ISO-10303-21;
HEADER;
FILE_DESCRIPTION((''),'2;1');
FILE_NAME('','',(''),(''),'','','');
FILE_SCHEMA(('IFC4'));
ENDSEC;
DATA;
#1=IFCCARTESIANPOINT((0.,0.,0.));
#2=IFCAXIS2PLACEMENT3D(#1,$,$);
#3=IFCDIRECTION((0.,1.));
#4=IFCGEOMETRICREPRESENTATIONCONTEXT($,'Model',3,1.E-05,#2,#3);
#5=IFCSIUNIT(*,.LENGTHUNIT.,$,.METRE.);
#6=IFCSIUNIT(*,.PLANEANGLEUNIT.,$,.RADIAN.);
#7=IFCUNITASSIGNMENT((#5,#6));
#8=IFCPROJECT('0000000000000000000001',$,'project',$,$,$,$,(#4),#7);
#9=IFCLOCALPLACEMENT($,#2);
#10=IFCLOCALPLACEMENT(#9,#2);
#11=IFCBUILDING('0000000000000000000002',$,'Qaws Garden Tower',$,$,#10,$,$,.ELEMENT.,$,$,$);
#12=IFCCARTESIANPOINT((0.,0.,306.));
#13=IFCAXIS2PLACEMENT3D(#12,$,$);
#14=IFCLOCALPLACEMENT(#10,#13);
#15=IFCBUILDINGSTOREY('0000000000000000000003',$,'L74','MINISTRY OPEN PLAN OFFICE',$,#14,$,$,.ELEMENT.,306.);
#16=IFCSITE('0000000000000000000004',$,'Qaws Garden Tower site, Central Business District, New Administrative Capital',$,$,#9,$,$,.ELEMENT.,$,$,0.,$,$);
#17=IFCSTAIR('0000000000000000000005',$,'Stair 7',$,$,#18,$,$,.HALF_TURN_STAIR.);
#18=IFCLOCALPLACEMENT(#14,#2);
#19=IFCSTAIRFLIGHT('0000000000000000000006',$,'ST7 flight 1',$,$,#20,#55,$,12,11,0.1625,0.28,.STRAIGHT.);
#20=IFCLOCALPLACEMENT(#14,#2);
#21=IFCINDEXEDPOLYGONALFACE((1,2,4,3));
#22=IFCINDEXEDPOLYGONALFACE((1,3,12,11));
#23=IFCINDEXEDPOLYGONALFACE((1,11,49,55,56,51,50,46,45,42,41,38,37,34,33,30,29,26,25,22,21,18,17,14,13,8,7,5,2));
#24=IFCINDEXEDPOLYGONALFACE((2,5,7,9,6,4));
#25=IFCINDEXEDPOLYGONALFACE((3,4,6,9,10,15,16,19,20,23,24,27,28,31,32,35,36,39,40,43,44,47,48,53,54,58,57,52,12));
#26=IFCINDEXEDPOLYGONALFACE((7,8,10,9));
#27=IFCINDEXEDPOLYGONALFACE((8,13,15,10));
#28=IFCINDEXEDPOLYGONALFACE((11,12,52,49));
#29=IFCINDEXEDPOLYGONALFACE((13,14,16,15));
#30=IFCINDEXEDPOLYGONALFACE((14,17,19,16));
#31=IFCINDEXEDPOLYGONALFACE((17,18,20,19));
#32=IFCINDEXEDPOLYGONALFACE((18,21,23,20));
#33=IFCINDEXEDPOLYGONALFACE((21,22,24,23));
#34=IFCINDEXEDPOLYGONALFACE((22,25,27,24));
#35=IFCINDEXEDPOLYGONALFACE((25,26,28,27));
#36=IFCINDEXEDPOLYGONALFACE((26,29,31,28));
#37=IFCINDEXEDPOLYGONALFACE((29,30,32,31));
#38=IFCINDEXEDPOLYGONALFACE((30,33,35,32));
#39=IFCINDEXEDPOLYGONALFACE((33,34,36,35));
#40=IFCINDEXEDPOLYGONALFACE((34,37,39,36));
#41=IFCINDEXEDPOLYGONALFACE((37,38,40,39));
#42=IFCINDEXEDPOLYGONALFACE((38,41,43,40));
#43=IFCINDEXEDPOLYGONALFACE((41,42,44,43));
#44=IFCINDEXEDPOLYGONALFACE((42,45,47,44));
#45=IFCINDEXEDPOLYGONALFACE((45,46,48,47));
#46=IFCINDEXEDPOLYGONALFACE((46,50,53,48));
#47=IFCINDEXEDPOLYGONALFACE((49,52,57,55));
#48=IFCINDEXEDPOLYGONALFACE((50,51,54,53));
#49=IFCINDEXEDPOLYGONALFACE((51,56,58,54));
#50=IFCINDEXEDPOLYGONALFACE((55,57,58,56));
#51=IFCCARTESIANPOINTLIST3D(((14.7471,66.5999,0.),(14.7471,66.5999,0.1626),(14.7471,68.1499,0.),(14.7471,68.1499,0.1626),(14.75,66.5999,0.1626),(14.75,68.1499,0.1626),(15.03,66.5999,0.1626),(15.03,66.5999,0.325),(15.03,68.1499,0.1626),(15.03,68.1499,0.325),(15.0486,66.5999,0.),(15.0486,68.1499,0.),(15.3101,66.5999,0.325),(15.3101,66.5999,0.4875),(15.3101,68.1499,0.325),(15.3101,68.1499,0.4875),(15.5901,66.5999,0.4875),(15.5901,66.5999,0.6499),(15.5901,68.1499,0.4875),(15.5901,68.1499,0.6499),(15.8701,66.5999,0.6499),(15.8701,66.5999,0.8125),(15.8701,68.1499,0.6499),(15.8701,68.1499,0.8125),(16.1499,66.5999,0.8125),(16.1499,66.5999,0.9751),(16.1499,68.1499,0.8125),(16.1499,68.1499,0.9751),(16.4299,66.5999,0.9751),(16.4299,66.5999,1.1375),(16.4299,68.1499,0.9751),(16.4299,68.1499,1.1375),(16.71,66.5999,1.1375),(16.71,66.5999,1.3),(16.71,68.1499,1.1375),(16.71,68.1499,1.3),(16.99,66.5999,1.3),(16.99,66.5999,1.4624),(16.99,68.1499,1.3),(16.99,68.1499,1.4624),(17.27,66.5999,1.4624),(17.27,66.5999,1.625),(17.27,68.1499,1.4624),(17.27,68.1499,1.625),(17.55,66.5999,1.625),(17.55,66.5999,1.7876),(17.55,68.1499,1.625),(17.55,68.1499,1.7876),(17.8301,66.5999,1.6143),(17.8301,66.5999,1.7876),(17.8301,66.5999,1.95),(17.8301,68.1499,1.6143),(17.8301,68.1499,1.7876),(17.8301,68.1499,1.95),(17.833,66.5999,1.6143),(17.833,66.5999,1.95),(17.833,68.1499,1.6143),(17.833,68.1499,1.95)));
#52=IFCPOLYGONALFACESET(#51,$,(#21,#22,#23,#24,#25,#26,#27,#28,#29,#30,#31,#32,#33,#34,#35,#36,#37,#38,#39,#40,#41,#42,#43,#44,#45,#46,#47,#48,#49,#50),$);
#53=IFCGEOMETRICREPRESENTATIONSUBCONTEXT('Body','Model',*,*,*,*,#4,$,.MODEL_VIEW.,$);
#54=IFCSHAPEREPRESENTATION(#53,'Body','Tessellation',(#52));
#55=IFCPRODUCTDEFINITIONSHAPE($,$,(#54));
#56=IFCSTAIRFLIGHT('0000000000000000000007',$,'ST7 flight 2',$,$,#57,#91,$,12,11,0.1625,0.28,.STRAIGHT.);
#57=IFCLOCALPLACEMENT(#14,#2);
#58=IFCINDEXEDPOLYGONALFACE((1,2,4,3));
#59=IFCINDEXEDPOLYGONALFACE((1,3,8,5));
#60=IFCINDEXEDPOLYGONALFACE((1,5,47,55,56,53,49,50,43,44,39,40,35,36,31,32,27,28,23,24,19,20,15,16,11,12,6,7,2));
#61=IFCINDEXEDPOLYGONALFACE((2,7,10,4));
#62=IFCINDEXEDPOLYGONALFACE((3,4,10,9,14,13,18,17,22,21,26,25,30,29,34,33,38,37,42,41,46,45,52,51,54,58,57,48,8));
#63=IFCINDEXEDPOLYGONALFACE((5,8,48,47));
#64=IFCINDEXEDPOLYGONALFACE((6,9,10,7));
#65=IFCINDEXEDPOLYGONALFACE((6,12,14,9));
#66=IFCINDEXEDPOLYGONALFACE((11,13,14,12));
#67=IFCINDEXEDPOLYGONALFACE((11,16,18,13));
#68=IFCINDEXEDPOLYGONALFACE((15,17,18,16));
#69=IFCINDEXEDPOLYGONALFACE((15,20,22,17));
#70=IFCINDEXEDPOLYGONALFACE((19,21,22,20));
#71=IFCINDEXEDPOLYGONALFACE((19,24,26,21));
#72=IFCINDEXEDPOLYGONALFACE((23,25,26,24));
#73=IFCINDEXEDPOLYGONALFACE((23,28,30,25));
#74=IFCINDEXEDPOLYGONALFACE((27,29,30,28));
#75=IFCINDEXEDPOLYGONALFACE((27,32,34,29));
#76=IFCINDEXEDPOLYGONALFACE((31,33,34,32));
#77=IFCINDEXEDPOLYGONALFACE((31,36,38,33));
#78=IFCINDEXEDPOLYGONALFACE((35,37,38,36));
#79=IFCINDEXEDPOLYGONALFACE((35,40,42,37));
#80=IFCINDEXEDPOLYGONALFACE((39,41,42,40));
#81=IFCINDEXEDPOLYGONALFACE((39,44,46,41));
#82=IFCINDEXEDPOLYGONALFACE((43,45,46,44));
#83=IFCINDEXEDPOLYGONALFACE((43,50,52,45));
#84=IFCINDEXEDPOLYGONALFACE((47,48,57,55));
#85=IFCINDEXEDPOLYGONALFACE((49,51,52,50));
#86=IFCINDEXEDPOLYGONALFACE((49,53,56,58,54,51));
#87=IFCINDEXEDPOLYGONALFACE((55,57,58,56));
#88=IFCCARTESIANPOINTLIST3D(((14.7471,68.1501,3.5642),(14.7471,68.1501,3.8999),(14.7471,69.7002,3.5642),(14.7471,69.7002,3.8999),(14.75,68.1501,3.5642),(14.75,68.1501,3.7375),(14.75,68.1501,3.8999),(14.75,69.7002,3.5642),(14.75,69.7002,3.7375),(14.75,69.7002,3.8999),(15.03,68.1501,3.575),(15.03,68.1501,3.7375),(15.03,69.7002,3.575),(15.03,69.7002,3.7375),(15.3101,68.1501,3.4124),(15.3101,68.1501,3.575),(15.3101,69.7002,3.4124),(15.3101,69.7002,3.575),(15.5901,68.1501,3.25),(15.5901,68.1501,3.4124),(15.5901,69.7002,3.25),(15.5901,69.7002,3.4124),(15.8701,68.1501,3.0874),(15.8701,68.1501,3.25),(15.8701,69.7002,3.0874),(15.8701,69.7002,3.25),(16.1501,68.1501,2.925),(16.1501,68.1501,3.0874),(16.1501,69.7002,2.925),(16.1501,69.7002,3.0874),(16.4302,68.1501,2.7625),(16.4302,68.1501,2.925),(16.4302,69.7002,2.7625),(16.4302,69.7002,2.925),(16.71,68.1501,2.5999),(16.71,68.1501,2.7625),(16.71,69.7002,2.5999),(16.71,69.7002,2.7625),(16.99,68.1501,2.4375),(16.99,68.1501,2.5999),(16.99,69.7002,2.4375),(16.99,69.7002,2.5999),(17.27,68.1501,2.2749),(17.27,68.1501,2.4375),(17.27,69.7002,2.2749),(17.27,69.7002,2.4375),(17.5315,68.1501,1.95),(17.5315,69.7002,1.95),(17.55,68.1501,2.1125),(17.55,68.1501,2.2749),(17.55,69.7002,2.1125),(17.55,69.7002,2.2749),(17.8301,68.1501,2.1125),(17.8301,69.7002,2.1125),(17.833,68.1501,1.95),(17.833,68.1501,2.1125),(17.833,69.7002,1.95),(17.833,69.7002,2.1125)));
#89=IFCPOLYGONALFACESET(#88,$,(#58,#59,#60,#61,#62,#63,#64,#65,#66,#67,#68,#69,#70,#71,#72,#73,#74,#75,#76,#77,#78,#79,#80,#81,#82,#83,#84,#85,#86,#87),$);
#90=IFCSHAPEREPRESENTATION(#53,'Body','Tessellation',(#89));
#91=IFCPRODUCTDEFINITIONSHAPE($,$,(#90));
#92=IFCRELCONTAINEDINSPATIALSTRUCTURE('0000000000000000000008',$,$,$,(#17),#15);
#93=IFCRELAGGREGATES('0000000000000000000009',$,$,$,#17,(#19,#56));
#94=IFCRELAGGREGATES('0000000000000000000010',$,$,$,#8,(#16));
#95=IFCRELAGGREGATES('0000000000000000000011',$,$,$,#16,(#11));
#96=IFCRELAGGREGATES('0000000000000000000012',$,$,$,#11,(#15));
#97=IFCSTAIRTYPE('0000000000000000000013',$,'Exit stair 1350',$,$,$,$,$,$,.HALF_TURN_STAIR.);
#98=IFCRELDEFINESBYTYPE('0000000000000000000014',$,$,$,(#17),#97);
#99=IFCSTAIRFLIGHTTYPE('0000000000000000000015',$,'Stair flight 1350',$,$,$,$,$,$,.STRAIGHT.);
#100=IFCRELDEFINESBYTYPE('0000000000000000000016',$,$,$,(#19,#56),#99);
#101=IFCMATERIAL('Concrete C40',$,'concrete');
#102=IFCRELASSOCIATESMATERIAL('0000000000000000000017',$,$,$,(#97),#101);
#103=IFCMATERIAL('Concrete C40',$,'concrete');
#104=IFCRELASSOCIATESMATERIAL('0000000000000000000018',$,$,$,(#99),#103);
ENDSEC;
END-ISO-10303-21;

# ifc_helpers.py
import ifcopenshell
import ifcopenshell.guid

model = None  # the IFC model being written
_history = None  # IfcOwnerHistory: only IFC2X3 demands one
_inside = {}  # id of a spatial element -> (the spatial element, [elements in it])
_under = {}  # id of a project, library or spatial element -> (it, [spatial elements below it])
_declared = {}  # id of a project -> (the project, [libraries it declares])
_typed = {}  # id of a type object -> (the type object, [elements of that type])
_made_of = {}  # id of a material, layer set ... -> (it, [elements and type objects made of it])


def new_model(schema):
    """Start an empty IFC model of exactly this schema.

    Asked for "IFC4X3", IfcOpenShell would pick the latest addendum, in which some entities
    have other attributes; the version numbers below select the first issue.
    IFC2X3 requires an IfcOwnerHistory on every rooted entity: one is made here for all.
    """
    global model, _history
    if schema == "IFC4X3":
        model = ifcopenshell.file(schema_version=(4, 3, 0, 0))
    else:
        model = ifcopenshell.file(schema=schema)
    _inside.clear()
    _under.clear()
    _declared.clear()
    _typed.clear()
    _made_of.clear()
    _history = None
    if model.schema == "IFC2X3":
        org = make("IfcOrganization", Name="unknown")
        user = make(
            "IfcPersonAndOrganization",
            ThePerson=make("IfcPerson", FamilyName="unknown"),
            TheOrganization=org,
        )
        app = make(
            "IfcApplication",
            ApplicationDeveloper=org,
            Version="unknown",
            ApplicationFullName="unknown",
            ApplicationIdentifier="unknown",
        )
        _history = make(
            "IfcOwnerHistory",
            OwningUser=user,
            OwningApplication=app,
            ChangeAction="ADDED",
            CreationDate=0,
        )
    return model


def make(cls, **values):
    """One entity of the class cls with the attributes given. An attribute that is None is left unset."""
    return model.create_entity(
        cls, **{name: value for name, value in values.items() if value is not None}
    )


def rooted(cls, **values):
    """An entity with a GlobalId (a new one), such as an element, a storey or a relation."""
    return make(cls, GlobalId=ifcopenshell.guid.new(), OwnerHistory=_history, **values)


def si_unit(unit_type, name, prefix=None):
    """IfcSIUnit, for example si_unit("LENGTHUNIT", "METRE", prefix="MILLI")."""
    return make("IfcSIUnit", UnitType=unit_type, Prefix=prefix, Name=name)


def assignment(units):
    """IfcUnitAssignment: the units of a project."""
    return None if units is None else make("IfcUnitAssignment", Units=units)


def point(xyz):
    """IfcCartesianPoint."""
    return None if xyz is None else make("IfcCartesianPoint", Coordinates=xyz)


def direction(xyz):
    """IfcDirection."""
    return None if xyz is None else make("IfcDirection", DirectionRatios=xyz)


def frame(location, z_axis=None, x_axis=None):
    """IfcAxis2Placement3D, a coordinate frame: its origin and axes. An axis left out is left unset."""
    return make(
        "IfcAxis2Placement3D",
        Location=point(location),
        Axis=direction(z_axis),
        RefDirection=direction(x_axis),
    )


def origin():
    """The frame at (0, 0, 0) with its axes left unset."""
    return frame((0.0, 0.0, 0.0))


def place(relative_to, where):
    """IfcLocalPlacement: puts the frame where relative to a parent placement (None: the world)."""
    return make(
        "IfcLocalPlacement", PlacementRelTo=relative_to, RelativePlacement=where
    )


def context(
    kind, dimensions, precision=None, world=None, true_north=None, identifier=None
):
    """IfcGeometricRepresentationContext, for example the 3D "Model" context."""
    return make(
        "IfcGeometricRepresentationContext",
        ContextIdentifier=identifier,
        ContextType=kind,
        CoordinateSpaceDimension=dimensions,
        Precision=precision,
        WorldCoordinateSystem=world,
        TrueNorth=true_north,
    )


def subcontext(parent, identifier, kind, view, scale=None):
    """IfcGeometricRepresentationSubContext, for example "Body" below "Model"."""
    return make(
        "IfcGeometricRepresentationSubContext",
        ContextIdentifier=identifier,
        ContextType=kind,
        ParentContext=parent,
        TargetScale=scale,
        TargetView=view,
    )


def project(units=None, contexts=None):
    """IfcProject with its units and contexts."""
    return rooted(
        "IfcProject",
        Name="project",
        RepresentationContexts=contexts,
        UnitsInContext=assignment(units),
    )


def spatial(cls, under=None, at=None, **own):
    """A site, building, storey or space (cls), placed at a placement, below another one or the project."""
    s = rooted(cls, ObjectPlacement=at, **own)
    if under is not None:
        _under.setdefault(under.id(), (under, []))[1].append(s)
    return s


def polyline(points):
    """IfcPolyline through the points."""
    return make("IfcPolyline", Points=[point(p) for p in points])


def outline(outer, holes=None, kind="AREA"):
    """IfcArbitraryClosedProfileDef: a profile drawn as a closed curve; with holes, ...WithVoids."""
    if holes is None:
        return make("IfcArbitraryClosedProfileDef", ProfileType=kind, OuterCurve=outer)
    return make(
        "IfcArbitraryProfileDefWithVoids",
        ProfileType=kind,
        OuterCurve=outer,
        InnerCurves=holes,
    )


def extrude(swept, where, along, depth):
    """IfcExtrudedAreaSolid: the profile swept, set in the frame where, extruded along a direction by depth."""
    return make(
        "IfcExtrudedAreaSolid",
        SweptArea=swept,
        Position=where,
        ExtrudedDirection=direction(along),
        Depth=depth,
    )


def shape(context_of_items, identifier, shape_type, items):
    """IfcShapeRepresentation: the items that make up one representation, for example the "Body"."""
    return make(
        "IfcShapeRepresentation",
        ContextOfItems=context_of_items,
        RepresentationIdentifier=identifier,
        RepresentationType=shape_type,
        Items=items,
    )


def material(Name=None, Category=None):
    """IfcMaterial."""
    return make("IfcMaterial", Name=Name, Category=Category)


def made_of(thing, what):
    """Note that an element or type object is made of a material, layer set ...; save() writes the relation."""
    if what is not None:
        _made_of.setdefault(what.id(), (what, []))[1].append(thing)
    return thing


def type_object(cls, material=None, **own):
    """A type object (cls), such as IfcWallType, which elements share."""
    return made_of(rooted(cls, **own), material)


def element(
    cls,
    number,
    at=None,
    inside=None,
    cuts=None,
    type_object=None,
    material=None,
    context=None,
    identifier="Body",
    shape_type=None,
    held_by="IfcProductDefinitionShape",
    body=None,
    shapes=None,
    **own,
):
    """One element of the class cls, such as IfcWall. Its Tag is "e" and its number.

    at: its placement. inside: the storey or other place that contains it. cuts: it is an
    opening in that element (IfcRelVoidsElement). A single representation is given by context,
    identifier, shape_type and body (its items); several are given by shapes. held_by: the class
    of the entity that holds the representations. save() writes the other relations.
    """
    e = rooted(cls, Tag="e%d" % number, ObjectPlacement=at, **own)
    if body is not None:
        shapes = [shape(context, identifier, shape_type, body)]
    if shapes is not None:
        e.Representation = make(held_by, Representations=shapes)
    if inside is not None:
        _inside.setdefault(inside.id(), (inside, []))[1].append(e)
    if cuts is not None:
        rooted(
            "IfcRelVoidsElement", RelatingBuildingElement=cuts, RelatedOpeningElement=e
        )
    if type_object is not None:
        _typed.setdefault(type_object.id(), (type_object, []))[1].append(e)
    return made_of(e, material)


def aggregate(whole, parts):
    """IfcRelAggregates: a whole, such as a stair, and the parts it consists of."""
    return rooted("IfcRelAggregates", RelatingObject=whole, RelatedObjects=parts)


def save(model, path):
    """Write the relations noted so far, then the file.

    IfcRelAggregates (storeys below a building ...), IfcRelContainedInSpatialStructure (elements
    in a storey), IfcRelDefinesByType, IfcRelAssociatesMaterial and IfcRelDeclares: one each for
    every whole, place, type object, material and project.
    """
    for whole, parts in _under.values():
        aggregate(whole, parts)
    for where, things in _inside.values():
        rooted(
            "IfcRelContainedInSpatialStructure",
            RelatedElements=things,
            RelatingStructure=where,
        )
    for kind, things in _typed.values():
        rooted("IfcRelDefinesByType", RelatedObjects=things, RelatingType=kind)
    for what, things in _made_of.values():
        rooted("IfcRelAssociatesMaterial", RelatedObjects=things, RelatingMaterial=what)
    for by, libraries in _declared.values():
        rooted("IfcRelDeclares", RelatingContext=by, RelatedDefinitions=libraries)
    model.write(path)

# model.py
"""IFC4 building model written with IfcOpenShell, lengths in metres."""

from ifc_helpers import new_model, si_unit, direction, frame, origin, place, context, subcontext, project, spatial, polyline, outline, extrude, material, type_object, element, aggregate, save


model = new_model("IFC4")

# Units and contexts
model_context = context("Model", 3, precision=1e-05, world=origin(), true_north=direction((0.0, 1.0)))
body_context = subcontext(model_context, "Body", "Model", "MODEL_VIEW")
ifc_project = project(units=[si_unit("LENGTHUNIT", "METRE"), si_unit("PLANEANGLEUNIT", "RADIAN")], contexts=[model_context])

# Site, building, storey
site_placement = place(None, origin())
site = spatial("IfcSite", under=ifc_project, at=site_placement, Name="Qaws Garden Tower site, Central Business District, New Administrative Capital", CompositionType="ELEMENT", RefElevation=0.0)
building_placement = place(site_placement, origin())
building = spatial("IfcBuilding", under=site, at=building_placement, Name="Qaws Garden Tower", CompositionType="ELEMENT")
storey_placement = place(building_placement, frame((0.0, 0.0, 306.0)))
storey = spatial("IfcBuildingStorey", under=building, at=storey_placement, Name="L74", Description="MINISTRY OPEN PLAN OFFICE", CompositionType="ELEMENT", Elevation=306.0)

# Stair, stair flights
ifc_material_1 = material(Name="Concrete C40", Category="concrete")
stair_type = type_object("IfcStairType", Name="Exit stair 1350", PredefinedType="HALF_TURN_STAIR", material=ifc_material_1)
stair_placement = place(storey_placement, origin())
stair = element("IfcStair", 1, at=stair_placement, inside=storey, type_object=stair_type, Name="Stair 7", PredefinedType="HALF_TURN_STAIR")
ifc_material_2 = material(Name="Concrete C40", Category="concrete")
stair_flight_type = type_object("IfcStairFlightType", Name="Stair flight 1350", PredefinedType="STRAIGHT", material=ifc_material_2)
stair_flight_1_placement = place(storey_placement, frame((14.75, 67.375, 0.0), z_axis=(0.0, 0.0, 1.0), x_axis=(1.0, 0.0, 0.0)))
stair_flight_1 = element("IfcStairFlight", 2, at=stair_flight_1_placement, type_object=stair_flight_type, Name="ST7 flight 1", NumberOfRisers=12, NumberOfTreads=11, PredefinedType="STRAIGHT", RiserHeight=0.1625, TreadLength=0.28, context=body_context, shape_type="SweptSolid", body=[
    extrude(outline(polyline([(-0.0029, 0.0), (-0.0029, 0.1626), (0.0, 0.1626), (0.28, 0.1626), (0.28, 0.325), (0.5601, 0.325), (0.5601, 0.4875), (0.8401, 0.4875), (0.8401, 0.6499), (1.1201, 0.6499), (1.1201, 0.8125), (1.3999, 0.8125), (1.3999, 0.9751), (1.6799, 0.9751), (1.6799, 1.1375), (1.96, 1.1375), (1.96, 1.3), (2.24, 1.3), (2.24, 1.4624), (2.52, 1.4624), (2.52, 1.625), (2.8, 1.625), (2.8, 1.7876), (3.0801, 1.7876), (3.0801, 1.95), (3.083, 1.95), (3.083, 1.6143), (3.0801, 1.6143), (0.2986, 0.0), (-0.0029, 0.0)])), frame((0.0, 0.7749, 0.0), z_axis=(0.0, -1.0, 0.0), x_axis=(1.0, 0.0, 0.0)), (0.0, 0.0, 1.0), 1.55),
])
stair_flight_2_placement = place(storey_placement, frame((17.8301, 68.925, 1.95), z_axis=(0.0, 0.0, 1.0), x_axis=(-1.0, 0.0, 0.0)))
stair_flight_2 = element("IfcStairFlight", 3, at=stair_flight_2_placement, type_object=stair_flight_type, Name="ST7 flight 2", NumberOfRisers=12, NumberOfTreads=11, PredefinedType="STRAIGHT", RiserHeight=0.1625, TreadLength=0.28, context=body_context, shape_type="SweptSolid", body=[
    extrude(outline(polyline([(-0.0029, 0.0), (-0.0029, 0.1626), (0.0, 0.1626), (0.28, 0.1626), (0.28, 0.325), (0.5601, 0.325), (0.5601, 0.4875), (0.8401, 0.4875), (0.8401, 0.6499), (1.1201, 0.6499), (1.1201, 0.8125), (1.3999, 0.8125), (1.3999, 0.9751), (1.6799, 0.9751), (1.6799, 1.1375), (1.96, 1.1375), (1.96, 1.3), (2.24, 1.3), (2.24, 1.4624), (2.52, 1.4624), (2.52, 1.625), (2.8, 1.625), (2.8, 1.7876), (3.0801, 1.7876), (3.0801, 1.95), (3.083, 1.95), (3.083, 1.6143), (3.0801, 1.6143), (0.2986, 0.0), (-0.0029, 0.0)])), frame((0.0, 0.7749, 0.0), z_axis=(0.0, -1.0, 0.0), x_axis=(1.0, 0.0, 0.0)), (0.0, 0.0, 1.0), 1.55),
])
aggregate(stair, [stair_flight_1, stair_flight_2])

save(model, "model.ifc")
